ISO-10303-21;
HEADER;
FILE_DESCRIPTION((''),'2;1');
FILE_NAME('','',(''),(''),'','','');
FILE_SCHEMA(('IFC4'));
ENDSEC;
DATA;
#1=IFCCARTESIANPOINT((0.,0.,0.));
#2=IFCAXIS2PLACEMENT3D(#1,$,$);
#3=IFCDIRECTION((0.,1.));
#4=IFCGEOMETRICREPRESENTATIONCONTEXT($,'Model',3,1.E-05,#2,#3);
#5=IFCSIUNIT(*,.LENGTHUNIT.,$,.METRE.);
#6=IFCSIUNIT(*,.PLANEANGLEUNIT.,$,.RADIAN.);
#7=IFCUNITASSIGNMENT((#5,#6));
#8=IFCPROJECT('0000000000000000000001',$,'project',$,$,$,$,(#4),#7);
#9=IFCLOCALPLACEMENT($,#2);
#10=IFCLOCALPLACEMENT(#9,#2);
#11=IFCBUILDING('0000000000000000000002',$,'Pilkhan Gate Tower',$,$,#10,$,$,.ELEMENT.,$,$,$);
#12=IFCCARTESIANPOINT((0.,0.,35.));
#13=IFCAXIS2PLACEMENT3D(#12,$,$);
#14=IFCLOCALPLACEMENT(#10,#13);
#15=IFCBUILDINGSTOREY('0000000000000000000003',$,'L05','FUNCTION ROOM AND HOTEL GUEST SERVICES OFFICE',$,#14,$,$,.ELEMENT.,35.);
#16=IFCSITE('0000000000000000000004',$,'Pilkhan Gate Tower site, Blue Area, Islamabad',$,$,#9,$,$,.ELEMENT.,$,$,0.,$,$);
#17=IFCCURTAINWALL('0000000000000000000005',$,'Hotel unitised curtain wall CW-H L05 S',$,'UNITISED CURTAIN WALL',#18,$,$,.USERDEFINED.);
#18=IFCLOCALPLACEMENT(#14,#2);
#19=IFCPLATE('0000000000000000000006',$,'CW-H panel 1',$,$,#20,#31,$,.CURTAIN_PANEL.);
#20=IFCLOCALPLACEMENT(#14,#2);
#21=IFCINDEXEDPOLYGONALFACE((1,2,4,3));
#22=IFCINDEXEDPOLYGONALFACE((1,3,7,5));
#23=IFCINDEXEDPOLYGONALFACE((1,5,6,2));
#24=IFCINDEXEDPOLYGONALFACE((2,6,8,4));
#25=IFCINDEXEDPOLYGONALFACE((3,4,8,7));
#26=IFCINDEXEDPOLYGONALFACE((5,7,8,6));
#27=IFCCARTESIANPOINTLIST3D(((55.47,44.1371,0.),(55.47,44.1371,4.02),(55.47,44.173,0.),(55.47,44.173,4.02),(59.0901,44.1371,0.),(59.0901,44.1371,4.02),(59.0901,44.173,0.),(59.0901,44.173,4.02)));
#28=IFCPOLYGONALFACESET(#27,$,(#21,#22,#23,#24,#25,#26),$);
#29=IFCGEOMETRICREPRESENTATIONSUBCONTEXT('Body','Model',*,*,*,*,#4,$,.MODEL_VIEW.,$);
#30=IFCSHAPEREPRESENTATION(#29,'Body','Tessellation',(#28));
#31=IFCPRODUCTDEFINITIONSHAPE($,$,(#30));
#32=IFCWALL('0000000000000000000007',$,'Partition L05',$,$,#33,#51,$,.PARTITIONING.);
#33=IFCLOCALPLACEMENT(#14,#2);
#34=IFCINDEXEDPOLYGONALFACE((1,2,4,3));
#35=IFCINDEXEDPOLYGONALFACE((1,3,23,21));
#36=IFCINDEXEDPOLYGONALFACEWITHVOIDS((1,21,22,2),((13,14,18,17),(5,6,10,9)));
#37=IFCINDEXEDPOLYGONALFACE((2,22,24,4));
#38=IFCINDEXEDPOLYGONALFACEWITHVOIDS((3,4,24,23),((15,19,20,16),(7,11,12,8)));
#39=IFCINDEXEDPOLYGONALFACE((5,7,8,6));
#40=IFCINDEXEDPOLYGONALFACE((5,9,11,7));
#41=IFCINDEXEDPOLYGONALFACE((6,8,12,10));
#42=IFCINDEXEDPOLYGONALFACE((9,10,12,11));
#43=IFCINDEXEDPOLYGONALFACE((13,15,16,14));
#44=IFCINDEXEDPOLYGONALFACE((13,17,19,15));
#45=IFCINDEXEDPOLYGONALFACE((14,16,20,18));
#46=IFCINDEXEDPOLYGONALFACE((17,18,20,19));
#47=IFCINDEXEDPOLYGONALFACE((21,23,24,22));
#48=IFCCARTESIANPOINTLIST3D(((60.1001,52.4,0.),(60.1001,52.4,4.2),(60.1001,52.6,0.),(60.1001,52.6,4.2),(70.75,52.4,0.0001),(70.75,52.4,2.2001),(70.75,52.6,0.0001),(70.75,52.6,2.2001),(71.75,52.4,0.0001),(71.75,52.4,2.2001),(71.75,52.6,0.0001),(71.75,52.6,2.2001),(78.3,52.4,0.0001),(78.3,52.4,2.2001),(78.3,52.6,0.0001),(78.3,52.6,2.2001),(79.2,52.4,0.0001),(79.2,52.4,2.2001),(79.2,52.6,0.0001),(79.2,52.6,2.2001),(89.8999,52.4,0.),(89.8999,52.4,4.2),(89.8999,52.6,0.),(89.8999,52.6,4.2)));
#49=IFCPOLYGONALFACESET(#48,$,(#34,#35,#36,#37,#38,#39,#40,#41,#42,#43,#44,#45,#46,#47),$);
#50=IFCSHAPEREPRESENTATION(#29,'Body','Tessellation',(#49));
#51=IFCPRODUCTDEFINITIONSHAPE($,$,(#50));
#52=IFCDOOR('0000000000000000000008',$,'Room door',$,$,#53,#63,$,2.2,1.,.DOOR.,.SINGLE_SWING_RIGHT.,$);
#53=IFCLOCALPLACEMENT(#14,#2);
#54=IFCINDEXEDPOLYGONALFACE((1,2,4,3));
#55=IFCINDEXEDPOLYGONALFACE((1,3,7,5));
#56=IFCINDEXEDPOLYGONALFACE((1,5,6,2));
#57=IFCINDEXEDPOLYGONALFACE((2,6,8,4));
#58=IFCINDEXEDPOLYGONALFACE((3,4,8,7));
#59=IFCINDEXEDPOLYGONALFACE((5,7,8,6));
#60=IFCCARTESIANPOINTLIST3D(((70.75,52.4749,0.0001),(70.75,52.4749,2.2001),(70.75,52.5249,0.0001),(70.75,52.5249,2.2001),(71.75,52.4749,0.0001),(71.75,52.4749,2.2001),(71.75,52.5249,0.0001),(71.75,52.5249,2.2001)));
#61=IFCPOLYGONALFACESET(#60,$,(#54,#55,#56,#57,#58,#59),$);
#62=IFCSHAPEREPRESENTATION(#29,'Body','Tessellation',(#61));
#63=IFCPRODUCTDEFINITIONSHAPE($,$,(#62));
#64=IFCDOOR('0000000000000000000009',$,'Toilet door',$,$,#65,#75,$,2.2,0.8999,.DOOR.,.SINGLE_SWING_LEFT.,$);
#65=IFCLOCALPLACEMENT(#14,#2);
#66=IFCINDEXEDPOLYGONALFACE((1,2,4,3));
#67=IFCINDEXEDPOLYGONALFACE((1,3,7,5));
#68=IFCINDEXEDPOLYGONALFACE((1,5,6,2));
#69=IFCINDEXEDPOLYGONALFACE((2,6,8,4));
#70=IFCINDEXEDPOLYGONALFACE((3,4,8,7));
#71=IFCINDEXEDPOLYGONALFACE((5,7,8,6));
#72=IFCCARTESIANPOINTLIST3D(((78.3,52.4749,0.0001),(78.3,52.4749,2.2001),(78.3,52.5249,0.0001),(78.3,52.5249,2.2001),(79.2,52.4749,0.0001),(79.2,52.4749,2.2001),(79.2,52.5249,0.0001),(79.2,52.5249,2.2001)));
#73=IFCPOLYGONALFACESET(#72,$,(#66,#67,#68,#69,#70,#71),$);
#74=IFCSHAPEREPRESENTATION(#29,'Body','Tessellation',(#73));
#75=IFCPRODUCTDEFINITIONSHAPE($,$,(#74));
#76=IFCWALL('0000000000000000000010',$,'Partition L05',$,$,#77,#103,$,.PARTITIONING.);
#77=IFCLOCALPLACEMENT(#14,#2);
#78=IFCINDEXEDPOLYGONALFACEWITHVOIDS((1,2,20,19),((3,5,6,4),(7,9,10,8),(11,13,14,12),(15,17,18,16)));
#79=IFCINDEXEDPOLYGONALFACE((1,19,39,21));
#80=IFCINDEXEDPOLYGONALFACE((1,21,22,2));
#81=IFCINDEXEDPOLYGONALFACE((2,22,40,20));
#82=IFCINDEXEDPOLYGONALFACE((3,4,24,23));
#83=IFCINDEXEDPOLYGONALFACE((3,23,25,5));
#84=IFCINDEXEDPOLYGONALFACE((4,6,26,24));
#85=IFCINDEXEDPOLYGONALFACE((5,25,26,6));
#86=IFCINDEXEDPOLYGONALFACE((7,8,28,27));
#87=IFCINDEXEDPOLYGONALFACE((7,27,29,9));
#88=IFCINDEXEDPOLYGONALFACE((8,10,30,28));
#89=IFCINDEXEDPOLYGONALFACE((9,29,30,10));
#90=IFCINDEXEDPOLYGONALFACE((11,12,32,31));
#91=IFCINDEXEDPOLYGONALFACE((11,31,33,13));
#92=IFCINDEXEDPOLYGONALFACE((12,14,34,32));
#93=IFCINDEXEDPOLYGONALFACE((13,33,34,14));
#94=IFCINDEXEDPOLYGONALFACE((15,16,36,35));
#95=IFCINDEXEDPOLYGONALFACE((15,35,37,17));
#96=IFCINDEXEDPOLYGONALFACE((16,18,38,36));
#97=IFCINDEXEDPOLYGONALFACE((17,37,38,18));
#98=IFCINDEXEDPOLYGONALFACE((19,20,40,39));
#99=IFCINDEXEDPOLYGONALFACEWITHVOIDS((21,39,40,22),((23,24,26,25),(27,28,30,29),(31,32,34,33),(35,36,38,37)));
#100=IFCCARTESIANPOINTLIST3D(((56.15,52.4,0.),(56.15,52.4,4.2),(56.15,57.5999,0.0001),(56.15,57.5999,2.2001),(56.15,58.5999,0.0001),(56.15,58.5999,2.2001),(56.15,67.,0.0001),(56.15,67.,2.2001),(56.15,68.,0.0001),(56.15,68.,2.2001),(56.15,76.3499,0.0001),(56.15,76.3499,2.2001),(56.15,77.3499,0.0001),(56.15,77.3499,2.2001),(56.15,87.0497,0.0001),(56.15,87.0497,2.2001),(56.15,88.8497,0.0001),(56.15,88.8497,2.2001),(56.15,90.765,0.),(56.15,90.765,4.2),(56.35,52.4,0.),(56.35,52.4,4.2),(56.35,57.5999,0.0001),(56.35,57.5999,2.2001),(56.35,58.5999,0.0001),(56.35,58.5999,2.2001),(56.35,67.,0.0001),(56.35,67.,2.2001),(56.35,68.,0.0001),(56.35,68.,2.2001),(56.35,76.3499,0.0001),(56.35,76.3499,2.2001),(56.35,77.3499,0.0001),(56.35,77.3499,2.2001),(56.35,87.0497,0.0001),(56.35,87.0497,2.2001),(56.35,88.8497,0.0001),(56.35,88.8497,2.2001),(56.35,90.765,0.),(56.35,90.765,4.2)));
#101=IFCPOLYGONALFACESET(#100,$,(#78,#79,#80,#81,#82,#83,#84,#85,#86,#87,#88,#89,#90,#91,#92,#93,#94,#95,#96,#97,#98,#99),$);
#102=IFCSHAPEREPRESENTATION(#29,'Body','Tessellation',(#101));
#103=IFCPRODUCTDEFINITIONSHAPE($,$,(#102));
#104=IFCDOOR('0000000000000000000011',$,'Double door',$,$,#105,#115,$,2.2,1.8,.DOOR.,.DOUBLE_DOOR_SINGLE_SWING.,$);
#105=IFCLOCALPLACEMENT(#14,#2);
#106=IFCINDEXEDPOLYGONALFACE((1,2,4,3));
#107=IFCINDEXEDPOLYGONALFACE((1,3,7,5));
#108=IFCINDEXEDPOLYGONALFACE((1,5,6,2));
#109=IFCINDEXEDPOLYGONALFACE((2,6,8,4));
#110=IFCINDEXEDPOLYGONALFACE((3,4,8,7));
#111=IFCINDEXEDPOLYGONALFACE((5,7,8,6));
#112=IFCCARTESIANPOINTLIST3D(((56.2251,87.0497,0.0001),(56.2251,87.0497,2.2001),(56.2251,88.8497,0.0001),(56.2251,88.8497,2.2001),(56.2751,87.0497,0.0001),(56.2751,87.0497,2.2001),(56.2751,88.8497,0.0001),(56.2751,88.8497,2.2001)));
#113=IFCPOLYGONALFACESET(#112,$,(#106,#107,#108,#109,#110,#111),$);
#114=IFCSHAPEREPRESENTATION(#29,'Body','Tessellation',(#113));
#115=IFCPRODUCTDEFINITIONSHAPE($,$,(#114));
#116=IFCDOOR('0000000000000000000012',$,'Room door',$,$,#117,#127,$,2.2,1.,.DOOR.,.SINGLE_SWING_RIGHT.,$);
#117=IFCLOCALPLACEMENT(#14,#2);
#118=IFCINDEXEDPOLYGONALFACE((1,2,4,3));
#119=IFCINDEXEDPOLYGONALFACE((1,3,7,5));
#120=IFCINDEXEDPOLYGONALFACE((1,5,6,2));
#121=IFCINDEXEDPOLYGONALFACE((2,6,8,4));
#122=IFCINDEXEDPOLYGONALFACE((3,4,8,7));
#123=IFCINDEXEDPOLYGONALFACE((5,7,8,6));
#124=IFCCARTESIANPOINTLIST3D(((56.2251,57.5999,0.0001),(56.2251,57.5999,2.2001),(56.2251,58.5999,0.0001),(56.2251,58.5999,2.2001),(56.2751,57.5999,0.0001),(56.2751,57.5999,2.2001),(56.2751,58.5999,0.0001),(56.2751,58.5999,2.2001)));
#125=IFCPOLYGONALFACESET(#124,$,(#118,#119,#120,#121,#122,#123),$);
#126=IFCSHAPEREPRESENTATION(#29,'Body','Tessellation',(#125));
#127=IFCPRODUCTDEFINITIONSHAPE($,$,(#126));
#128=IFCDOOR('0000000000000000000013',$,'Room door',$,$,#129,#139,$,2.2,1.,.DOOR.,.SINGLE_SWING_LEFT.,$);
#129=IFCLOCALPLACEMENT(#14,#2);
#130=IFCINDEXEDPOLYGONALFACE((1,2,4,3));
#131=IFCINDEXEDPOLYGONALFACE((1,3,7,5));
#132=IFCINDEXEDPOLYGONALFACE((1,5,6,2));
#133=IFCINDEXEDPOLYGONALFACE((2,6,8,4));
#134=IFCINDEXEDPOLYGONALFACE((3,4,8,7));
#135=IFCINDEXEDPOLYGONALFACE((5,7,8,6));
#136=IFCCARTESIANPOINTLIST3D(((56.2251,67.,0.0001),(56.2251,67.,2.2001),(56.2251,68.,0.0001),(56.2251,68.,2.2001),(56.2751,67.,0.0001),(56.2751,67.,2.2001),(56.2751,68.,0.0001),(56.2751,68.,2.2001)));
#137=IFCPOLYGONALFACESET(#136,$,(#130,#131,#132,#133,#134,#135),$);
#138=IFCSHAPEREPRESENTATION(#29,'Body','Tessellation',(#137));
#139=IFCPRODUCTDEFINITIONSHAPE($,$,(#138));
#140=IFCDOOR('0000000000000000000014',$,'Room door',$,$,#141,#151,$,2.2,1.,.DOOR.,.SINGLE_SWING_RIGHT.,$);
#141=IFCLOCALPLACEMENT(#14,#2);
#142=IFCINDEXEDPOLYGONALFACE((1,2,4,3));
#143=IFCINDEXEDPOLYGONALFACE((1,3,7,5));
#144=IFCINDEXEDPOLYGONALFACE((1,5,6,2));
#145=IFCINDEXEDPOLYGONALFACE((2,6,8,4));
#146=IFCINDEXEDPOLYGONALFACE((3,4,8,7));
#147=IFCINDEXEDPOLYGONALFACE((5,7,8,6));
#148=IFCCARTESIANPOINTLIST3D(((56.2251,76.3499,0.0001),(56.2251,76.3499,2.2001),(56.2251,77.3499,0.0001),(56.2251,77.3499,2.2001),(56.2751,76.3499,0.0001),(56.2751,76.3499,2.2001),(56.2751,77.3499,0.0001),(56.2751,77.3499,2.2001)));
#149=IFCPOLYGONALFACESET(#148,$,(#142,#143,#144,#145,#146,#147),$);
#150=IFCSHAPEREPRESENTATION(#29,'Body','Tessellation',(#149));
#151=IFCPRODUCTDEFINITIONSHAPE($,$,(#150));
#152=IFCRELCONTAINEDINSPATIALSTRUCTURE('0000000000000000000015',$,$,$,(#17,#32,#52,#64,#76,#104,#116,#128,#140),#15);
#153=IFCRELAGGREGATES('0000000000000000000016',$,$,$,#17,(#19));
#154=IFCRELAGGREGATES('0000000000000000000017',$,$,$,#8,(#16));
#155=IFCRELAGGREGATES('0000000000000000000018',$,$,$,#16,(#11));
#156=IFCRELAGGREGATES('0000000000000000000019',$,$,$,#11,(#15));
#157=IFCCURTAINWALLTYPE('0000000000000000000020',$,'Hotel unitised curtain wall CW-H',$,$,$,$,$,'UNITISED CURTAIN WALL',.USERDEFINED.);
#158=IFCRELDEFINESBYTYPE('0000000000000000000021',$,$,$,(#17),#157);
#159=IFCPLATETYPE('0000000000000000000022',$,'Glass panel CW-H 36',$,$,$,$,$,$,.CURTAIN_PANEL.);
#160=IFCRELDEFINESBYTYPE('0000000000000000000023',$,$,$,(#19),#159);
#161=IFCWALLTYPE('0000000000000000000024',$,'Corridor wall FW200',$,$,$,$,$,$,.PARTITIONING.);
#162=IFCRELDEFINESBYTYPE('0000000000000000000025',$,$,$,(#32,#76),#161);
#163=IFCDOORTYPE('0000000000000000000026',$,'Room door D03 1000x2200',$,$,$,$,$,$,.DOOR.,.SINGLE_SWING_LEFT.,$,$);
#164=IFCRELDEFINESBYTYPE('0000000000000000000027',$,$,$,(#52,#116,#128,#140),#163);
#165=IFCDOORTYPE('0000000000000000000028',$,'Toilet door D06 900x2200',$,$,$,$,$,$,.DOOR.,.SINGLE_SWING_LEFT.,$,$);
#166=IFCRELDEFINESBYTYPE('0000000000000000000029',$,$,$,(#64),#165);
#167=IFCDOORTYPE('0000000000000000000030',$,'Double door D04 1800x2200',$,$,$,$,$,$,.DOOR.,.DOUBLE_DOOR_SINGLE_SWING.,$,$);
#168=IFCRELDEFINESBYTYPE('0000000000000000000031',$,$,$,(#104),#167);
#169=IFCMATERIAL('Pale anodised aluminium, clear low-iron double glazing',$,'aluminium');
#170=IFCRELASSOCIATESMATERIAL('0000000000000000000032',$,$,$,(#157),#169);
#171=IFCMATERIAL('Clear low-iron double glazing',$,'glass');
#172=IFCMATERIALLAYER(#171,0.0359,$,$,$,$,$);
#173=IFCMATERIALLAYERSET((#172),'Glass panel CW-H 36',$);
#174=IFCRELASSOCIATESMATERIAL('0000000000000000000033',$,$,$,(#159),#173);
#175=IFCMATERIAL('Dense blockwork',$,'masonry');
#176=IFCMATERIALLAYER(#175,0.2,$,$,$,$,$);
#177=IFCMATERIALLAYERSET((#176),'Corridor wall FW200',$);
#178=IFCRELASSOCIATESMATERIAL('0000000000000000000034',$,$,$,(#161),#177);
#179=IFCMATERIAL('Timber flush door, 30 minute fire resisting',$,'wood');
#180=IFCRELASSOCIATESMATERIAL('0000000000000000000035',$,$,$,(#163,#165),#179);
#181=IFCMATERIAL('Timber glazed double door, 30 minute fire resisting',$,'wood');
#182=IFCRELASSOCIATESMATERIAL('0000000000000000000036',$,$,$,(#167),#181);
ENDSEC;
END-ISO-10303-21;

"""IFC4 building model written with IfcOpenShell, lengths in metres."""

from ifc_helpers import new_model, si_unit, direction, frame, frame_2d, origin, origin_2d, place, context, subcontext, project, spatial, rectangle, extrude, material, layer, layer_set, type_object, element, fill, aggregate, save


model = new_model("IFC4")

# Units and contexts
model_context = context("Model", 3, precision=1e-05, world=origin(), true_north=direction((0.0, 1.0)))
body_context = subcontext(model_context, "Body", "Model", "MODEL_VIEW")
ifc_project = project(units=[si_unit("LENGTHUNIT", "METRE"), si_unit("PLANEANGLEUNIT", "RADIAN")], contexts=[model_context])

# Site, building, storey
site_placement = place(None, origin())
site = spatial("IfcSite", under=ifc_project, at=site_placement, Name="Pilkhan Gate Tower site, Blue Area, Islamabad", CompositionType="ELEMENT", RefElevation=0.0)
building_placement = place(site_placement, origin())
building = spatial("IfcBuilding", under=site, at=building_placement, Name="Pilkhan Gate Tower", CompositionType="ELEMENT")
storey_placement = place(building_placement, frame((0.0, 0.0, 35.0)))
storey = spatial("IfcBuildingStorey", under=building, at=storey_placement, Name="L05", Description="FUNCTION ROOM AND HOTEL GUEST SERVICES OFFICE", CompositionType="ELEMENT", Elevation=35.0)

# Curtain wall
ifc_material_1 = material(Name="Pale anodised aluminium, clear low-iron double glazing", Category="aluminium")
curtain_wall_type = type_object("IfcCurtainWallType", Name="Hotel unitised curtain wall CW-H", ElementType="UNITISED CURTAIN WALL", PredefinedType="USERDEFINED", material=ifc_material_1)
curtain_wall_1_placement = place(storey_placement, origin())
curtain_wall_1 = element("IfcCurtainWall", 1, at=curtain_wall_1_placement, inside=storey, type_object=curtain_wall_type, Name="Hotel unitised curtain wall CW-H L05 S", ObjectType="UNITISED CURTAIN WALL", PredefinedType="USERDEFINED")

# Plate
ifc_material_2 = material(Name="Clear low-iron double glazing", Category="glass")
ifc_layer_1 = layer(ifc_material_2, 0.0359)
ifc_layer_set_1 = layer_set([ifc_layer_1], Name="Glass panel CW-H 36")
plate_type = type_object("IfcPlateType", Name="Glass panel CW-H 36", PredefinedType="CURTAIN_PANEL", material=ifc_layer_set_1)
plate_1_placement = place(storey_placement, frame((57.28, 44.155, 0.0), z_axis=(0.0, 0.0, 1.0), x_axis=(1.0, 0.0, 0.0)))
plate_1 = element("IfcPlate", 2, at=plate_1_placement, type_object=plate_type, Name="CW-H panel 1", PredefinedType="CURTAIN_PANEL", context=body_context, shape_type="SweptSolid", body=[
    extrude(rectangle(XDim=3.6201, YDim=0.0359, at=origin_2d()), origin(), (0.0, 0.0, 1.0), 4.02),
])
aggregate(curtain_wall_1, [plate_1])

# Walls, openings, doors
ifc_material_3 = material(Name="Dense blockwork", Category="masonry")
ifc_layer_2 = layer(ifc_material_3, 0.2)
ifc_layer_set_2 = layer_set([ifc_layer_2], Name="Corridor wall FW200")
wall_type_1 = type_object("IfcWallType", Name="Corridor wall FW200", PredefinedType="PARTITIONING", material=ifc_layer_set_2)
wall_1_placement = place(storey_placement, frame((60.1001, 52.5, 0.0), z_axis=(0.0, 0.0, 1.0), x_axis=(1.0, 0.0, 0.0)))
wall_1 = element("IfcWall", 3, at=wall_1_placement, inside=storey, type_object=wall_type_1, Name="Partition L05", PredefinedType="PARTITIONING", context=body_context, shape_type="SweptSolid", body=[
    extrude(rectangle(XDim=29.7998, YDim=0.2, at=frame_2d((14.8999, 0.0))), origin(), (0.0, 0.0, 1.0), 4.2),
])
opening_1_placement = place(wall_1_placement, frame((10.6499, 0.0, 0.0)))
opening_1 = element("IfcOpeningElement", 4, at=opening_1_placement, cuts=wall_1, PredefinedType="OPENING", context=body_context, shape_type="SweptSolid", body=[
    extrude(rectangle(XDim=1.0, YDim=2.2, at=frame_2d((0.5, 1.1001))), frame((0.0, 0.1099, 0.0), z_axis=(0.0, -1.0, 0.0), x_axis=(1.0, 0.0, 0.0)), (0.0, 0.0, 1.0), 0.22),
])
opening_2_placement = place(wall_1_placement, frame((18.2, 0.0, 0.0)))
opening_2 = element("IfcOpeningElement", 5, at=opening_2_placement, cuts=wall_1, PredefinedType="OPENING", context=body_context, shape_type="SweptSolid", body=[
    extrude(rectangle(XDim=0.8999, YDim=2.2, at=frame_2d((0.45, 1.1001))), frame((0.0, 0.1099, 0.0), z_axis=(0.0, -1.0, 0.0), x_axis=(1.0, 0.0, 0.0)), (0.0, 0.0, 1.0), 0.22),
])
ifc_material_4 = material(Name="Timber flush door, 30 minute fire resisting", Category="wood")
door_type_1 = type_object("IfcDoorType", Name="Room door D03 1000x2200", OperationType="SINGLE_SWING_LEFT", PredefinedType="DOOR", material=ifc_material_4)
door_1_placement = place(opening_1_placement, origin())
door_1 = element("IfcDoor", 6, at=door_1_placement, inside=storey, type_object=door_type_1, Name="Room door", OperationType="SINGLE_SWING_RIGHT", OverallHeight=2.2, OverallWidth=1.0, PredefinedType="DOOR", context=body_context, shape_type="SweptSolid", body=[
    extrude(rectangle(XDim=1.0, YDim=2.2, at=frame_2d((0.5, 1.1001))), frame((0.0, 0.0249, 0.0), z_axis=(0.0, -1.0, 0.0), x_axis=(1.0, 0.0, 0.0)), (0.0, 0.0, 1.0), 0.05),
])
fill(opening_1, door_1)
door_type_2 = type_object("IfcDoorType", Name="Toilet door D06 900x2200", OperationType="SINGLE_SWING_LEFT", PredefinedType="DOOR", material=ifc_material_4)
door_2_placement = place(opening_2_placement, origin())
door_2 = element("IfcDoor", 7, at=door_2_placement, inside=storey, type_object=door_type_2, Name="Toilet door", OperationType="SINGLE_SWING_LEFT", OverallHeight=2.2, OverallWidth=0.8999, PredefinedType="DOOR", context=body_context, shape_type="SweptSolid", body=[
    extrude(rectangle(XDim=0.8999, YDim=2.2, at=frame_2d((0.45, 1.1001))), frame((0.0, 0.0249, 0.0), z_axis=(0.0, -1.0, 0.0), x_axis=(1.0, 0.0, 0.0)), (0.0, 0.0, 1.0), 0.05),
])
fill(opening_2, door_2)
wall_2_placement = place(storey_placement, frame((56.25, 52.3999, 0.0), z_axis=(0.0, 0.0, 1.0), x_axis=(0.0, 1.0, 0.0)))
wall_2 = element("IfcWall", 8, at=wall_2_placement, inside=storey, type_object=wall_type_1, Name="Partition L05", PredefinedType="PARTITIONING", context=body_context, shape_type="SweptSolid", body=[
    extrude(rectangle(XDim=38.365, YDim=0.2, at=frame_2d((19.1826, 0.0))), origin(), (0.0, 0.0, 1.0), 4.2),
])
opening_3_placement = place(wall_2_placement, frame((5.2, 0.0, 0.0)))
opening_3 = element("IfcOpeningElement", 9, at=opening_3_placement, cuts=wall_2, PredefinedType="OPENING", context=body_context, shape_type="SweptSolid", body=[
    extrude(rectangle(XDim=1.0, YDim=2.2, at=frame_2d((0.5, 1.1001))), frame((0.0, 0.1099, 0.0), z_axis=(0.0, -1.0, 0.0), x_axis=(1.0, 0.0, 0.0)), (0.0, 0.0, 1.0), 0.22),
])
opening_4_placement = place(wall_2_placement, frame((14.6001, 0.0, 0.0)))
opening_4 = element("IfcOpeningElement", 10, at=opening_4_placement, cuts=wall_2, PredefinedType="OPENING", context=body_context, shape_type="SweptSolid", body=[
    extrude(rectangle(XDim=1.0, YDim=2.2, at=frame_2d((0.5, 1.1001))), frame((0.0, 0.1099, 0.0), z_axis=(0.0, -1.0, 0.0), x_axis=(1.0, 0.0, 0.0)), (0.0, 0.0, 1.0), 0.22),
])
opening_5_placement = place(wall_2_placement, frame((23.95, 0.0, 0.0)))
opening_5 = element("IfcOpeningElement", 11, at=opening_5_placement, cuts=wall_2, PredefinedType="OPENING", context=body_context, shape_type="SweptSolid", body=[
    extrude(rectangle(XDim=1.0, YDim=2.2, at=frame_2d((0.5, 1.1001))), frame((0.0, 0.1099, 0.0), z_axis=(0.0, -1.0, 0.0), x_axis=(1.0, 0.0, 0.0)), (0.0, 0.0, 1.0), 0.22),
])
opening_6_placement = place(wall_2_placement, frame((34.6499, 0.0, 0.0)))
opening_6 = element("IfcOpeningElement", 12, at=opening_6_placement, cuts=wall_2, PredefinedType="OPENING", context=body_context, shape_type="SweptSolid", body=[
    extrude(rectangle(XDim=1.8, YDim=2.2, at=frame_2d((0.8999, 1.1001))), frame((0.0, 0.1099, 0.0), z_axis=(0.0, -1.0, 0.0), x_axis=(1.0, 0.0, 0.0)), (0.0, 0.0, 1.0), 0.22),
])
ifc_material_5 = material(Name="Timber glazed double door, 30 minute fire resisting", Category="wood")
door_type_3 = type_object("IfcDoorType", Name="Double door D04 1800x2200", OperationType="DOUBLE_DOOR_SINGLE_SWING", PredefinedType="DOOR", material=ifc_material_5)
door_3_placement = place(opening_6_placement, origin())
door_3 = element("IfcDoor", 13, at=door_3_placement, inside=storey, type_object=door_type_3, Name="Double door", OperationType="DOUBLE_DOOR_SINGLE_SWING", OverallHeight=2.2, OverallWidth=1.8, PredefinedType="DOOR", context=body_context, shape_type="SweptSolid", body=[
    extrude(rectangle(XDim=1.8, YDim=2.2, at=frame_2d((0.8999, 1.1001))), frame((0.0, 0.0249, 0.0), z_axis=(0.0, -1.0, 0.0), x_axis=(1.0, 0.0, 0.0)), (0.0, 0.0, 1.0), 0.05),
])
fill(opening_6, door_3)
door_4_placement = place(opening_3_placement, origin())
door_4 = element("IfcDoor", 14, at=door_4_placement, inside=storey, type_object=door_type_1, Name="Room door", OperationType="SINGLE_SWING_RIGHT", OverallHeight=2.2, OverallWidth=1.0, PredefinedType="DOOR", context=body_context, shape_type="SweptSolid", body=[
    extrude(rectangle(XDim=1.0, YDim=2.2, at=frame_2d((0.5, 1.1001))), frame((0.0, 0.0249, 0.0), z_axis=(0.0, -1.0, 0.0), x_axis=(1.0, 0.0, 0.0)), (0.0, 0.0, 1.0), 0.05),
])
fill(opening_3, door_4)
door_5_placement = place(opening_4_placement, origin())
door_5 = element("IfcDoor", 15, at=door_5_placement, inside=storey, type_object=door_type_1, Name="Room door", OperationType="SINGLE_SWING_LEFT", OverallHeight=2.2, OverallWidth=1.0, PredefinedType="DOOR", context=body_context, shape_type="SweptSolid", body=[
    extrude(rectangle(XDim=1.0, YDim=2.2, at=frame_2d((0.5, 1.1001))), frame((0.0, 0.0249, 0.0), z_axis=(0.0, -1.0, 0.0), x_axis=(1.0, 0.0, 0.0)), (0.0, 0.0, 1.0), 0.05),
])
fill(opening_4, door_5)
door_6_placement = place(opening_5_placement, origin())
door_6 = element("IfcDoor", 16, at=door_6_placement, inside=storey, type_object=door_type_1, Name="Room door", OperationType="SINGLE_SWING_RIGHT", OverallHeight=2.2, OverallWidth=1.0, PredefinedType="DOOR", context=body_context, shape_type="SweptSolid", body=[
    extrude(rectangle(XDim=1.0, YDim=2.2, at=frame_2d((0.5, 1.1001))), frame((0.0, 0.0249, 0.0), z_axis=(0.0, -1.0, 0.0), x_axis=(1.0, 0.0, 0.0)), (0.0, 0.0, 1.0), 0.05),
])
fill(opening_5, door_6)

save(model, "model.ifc")
